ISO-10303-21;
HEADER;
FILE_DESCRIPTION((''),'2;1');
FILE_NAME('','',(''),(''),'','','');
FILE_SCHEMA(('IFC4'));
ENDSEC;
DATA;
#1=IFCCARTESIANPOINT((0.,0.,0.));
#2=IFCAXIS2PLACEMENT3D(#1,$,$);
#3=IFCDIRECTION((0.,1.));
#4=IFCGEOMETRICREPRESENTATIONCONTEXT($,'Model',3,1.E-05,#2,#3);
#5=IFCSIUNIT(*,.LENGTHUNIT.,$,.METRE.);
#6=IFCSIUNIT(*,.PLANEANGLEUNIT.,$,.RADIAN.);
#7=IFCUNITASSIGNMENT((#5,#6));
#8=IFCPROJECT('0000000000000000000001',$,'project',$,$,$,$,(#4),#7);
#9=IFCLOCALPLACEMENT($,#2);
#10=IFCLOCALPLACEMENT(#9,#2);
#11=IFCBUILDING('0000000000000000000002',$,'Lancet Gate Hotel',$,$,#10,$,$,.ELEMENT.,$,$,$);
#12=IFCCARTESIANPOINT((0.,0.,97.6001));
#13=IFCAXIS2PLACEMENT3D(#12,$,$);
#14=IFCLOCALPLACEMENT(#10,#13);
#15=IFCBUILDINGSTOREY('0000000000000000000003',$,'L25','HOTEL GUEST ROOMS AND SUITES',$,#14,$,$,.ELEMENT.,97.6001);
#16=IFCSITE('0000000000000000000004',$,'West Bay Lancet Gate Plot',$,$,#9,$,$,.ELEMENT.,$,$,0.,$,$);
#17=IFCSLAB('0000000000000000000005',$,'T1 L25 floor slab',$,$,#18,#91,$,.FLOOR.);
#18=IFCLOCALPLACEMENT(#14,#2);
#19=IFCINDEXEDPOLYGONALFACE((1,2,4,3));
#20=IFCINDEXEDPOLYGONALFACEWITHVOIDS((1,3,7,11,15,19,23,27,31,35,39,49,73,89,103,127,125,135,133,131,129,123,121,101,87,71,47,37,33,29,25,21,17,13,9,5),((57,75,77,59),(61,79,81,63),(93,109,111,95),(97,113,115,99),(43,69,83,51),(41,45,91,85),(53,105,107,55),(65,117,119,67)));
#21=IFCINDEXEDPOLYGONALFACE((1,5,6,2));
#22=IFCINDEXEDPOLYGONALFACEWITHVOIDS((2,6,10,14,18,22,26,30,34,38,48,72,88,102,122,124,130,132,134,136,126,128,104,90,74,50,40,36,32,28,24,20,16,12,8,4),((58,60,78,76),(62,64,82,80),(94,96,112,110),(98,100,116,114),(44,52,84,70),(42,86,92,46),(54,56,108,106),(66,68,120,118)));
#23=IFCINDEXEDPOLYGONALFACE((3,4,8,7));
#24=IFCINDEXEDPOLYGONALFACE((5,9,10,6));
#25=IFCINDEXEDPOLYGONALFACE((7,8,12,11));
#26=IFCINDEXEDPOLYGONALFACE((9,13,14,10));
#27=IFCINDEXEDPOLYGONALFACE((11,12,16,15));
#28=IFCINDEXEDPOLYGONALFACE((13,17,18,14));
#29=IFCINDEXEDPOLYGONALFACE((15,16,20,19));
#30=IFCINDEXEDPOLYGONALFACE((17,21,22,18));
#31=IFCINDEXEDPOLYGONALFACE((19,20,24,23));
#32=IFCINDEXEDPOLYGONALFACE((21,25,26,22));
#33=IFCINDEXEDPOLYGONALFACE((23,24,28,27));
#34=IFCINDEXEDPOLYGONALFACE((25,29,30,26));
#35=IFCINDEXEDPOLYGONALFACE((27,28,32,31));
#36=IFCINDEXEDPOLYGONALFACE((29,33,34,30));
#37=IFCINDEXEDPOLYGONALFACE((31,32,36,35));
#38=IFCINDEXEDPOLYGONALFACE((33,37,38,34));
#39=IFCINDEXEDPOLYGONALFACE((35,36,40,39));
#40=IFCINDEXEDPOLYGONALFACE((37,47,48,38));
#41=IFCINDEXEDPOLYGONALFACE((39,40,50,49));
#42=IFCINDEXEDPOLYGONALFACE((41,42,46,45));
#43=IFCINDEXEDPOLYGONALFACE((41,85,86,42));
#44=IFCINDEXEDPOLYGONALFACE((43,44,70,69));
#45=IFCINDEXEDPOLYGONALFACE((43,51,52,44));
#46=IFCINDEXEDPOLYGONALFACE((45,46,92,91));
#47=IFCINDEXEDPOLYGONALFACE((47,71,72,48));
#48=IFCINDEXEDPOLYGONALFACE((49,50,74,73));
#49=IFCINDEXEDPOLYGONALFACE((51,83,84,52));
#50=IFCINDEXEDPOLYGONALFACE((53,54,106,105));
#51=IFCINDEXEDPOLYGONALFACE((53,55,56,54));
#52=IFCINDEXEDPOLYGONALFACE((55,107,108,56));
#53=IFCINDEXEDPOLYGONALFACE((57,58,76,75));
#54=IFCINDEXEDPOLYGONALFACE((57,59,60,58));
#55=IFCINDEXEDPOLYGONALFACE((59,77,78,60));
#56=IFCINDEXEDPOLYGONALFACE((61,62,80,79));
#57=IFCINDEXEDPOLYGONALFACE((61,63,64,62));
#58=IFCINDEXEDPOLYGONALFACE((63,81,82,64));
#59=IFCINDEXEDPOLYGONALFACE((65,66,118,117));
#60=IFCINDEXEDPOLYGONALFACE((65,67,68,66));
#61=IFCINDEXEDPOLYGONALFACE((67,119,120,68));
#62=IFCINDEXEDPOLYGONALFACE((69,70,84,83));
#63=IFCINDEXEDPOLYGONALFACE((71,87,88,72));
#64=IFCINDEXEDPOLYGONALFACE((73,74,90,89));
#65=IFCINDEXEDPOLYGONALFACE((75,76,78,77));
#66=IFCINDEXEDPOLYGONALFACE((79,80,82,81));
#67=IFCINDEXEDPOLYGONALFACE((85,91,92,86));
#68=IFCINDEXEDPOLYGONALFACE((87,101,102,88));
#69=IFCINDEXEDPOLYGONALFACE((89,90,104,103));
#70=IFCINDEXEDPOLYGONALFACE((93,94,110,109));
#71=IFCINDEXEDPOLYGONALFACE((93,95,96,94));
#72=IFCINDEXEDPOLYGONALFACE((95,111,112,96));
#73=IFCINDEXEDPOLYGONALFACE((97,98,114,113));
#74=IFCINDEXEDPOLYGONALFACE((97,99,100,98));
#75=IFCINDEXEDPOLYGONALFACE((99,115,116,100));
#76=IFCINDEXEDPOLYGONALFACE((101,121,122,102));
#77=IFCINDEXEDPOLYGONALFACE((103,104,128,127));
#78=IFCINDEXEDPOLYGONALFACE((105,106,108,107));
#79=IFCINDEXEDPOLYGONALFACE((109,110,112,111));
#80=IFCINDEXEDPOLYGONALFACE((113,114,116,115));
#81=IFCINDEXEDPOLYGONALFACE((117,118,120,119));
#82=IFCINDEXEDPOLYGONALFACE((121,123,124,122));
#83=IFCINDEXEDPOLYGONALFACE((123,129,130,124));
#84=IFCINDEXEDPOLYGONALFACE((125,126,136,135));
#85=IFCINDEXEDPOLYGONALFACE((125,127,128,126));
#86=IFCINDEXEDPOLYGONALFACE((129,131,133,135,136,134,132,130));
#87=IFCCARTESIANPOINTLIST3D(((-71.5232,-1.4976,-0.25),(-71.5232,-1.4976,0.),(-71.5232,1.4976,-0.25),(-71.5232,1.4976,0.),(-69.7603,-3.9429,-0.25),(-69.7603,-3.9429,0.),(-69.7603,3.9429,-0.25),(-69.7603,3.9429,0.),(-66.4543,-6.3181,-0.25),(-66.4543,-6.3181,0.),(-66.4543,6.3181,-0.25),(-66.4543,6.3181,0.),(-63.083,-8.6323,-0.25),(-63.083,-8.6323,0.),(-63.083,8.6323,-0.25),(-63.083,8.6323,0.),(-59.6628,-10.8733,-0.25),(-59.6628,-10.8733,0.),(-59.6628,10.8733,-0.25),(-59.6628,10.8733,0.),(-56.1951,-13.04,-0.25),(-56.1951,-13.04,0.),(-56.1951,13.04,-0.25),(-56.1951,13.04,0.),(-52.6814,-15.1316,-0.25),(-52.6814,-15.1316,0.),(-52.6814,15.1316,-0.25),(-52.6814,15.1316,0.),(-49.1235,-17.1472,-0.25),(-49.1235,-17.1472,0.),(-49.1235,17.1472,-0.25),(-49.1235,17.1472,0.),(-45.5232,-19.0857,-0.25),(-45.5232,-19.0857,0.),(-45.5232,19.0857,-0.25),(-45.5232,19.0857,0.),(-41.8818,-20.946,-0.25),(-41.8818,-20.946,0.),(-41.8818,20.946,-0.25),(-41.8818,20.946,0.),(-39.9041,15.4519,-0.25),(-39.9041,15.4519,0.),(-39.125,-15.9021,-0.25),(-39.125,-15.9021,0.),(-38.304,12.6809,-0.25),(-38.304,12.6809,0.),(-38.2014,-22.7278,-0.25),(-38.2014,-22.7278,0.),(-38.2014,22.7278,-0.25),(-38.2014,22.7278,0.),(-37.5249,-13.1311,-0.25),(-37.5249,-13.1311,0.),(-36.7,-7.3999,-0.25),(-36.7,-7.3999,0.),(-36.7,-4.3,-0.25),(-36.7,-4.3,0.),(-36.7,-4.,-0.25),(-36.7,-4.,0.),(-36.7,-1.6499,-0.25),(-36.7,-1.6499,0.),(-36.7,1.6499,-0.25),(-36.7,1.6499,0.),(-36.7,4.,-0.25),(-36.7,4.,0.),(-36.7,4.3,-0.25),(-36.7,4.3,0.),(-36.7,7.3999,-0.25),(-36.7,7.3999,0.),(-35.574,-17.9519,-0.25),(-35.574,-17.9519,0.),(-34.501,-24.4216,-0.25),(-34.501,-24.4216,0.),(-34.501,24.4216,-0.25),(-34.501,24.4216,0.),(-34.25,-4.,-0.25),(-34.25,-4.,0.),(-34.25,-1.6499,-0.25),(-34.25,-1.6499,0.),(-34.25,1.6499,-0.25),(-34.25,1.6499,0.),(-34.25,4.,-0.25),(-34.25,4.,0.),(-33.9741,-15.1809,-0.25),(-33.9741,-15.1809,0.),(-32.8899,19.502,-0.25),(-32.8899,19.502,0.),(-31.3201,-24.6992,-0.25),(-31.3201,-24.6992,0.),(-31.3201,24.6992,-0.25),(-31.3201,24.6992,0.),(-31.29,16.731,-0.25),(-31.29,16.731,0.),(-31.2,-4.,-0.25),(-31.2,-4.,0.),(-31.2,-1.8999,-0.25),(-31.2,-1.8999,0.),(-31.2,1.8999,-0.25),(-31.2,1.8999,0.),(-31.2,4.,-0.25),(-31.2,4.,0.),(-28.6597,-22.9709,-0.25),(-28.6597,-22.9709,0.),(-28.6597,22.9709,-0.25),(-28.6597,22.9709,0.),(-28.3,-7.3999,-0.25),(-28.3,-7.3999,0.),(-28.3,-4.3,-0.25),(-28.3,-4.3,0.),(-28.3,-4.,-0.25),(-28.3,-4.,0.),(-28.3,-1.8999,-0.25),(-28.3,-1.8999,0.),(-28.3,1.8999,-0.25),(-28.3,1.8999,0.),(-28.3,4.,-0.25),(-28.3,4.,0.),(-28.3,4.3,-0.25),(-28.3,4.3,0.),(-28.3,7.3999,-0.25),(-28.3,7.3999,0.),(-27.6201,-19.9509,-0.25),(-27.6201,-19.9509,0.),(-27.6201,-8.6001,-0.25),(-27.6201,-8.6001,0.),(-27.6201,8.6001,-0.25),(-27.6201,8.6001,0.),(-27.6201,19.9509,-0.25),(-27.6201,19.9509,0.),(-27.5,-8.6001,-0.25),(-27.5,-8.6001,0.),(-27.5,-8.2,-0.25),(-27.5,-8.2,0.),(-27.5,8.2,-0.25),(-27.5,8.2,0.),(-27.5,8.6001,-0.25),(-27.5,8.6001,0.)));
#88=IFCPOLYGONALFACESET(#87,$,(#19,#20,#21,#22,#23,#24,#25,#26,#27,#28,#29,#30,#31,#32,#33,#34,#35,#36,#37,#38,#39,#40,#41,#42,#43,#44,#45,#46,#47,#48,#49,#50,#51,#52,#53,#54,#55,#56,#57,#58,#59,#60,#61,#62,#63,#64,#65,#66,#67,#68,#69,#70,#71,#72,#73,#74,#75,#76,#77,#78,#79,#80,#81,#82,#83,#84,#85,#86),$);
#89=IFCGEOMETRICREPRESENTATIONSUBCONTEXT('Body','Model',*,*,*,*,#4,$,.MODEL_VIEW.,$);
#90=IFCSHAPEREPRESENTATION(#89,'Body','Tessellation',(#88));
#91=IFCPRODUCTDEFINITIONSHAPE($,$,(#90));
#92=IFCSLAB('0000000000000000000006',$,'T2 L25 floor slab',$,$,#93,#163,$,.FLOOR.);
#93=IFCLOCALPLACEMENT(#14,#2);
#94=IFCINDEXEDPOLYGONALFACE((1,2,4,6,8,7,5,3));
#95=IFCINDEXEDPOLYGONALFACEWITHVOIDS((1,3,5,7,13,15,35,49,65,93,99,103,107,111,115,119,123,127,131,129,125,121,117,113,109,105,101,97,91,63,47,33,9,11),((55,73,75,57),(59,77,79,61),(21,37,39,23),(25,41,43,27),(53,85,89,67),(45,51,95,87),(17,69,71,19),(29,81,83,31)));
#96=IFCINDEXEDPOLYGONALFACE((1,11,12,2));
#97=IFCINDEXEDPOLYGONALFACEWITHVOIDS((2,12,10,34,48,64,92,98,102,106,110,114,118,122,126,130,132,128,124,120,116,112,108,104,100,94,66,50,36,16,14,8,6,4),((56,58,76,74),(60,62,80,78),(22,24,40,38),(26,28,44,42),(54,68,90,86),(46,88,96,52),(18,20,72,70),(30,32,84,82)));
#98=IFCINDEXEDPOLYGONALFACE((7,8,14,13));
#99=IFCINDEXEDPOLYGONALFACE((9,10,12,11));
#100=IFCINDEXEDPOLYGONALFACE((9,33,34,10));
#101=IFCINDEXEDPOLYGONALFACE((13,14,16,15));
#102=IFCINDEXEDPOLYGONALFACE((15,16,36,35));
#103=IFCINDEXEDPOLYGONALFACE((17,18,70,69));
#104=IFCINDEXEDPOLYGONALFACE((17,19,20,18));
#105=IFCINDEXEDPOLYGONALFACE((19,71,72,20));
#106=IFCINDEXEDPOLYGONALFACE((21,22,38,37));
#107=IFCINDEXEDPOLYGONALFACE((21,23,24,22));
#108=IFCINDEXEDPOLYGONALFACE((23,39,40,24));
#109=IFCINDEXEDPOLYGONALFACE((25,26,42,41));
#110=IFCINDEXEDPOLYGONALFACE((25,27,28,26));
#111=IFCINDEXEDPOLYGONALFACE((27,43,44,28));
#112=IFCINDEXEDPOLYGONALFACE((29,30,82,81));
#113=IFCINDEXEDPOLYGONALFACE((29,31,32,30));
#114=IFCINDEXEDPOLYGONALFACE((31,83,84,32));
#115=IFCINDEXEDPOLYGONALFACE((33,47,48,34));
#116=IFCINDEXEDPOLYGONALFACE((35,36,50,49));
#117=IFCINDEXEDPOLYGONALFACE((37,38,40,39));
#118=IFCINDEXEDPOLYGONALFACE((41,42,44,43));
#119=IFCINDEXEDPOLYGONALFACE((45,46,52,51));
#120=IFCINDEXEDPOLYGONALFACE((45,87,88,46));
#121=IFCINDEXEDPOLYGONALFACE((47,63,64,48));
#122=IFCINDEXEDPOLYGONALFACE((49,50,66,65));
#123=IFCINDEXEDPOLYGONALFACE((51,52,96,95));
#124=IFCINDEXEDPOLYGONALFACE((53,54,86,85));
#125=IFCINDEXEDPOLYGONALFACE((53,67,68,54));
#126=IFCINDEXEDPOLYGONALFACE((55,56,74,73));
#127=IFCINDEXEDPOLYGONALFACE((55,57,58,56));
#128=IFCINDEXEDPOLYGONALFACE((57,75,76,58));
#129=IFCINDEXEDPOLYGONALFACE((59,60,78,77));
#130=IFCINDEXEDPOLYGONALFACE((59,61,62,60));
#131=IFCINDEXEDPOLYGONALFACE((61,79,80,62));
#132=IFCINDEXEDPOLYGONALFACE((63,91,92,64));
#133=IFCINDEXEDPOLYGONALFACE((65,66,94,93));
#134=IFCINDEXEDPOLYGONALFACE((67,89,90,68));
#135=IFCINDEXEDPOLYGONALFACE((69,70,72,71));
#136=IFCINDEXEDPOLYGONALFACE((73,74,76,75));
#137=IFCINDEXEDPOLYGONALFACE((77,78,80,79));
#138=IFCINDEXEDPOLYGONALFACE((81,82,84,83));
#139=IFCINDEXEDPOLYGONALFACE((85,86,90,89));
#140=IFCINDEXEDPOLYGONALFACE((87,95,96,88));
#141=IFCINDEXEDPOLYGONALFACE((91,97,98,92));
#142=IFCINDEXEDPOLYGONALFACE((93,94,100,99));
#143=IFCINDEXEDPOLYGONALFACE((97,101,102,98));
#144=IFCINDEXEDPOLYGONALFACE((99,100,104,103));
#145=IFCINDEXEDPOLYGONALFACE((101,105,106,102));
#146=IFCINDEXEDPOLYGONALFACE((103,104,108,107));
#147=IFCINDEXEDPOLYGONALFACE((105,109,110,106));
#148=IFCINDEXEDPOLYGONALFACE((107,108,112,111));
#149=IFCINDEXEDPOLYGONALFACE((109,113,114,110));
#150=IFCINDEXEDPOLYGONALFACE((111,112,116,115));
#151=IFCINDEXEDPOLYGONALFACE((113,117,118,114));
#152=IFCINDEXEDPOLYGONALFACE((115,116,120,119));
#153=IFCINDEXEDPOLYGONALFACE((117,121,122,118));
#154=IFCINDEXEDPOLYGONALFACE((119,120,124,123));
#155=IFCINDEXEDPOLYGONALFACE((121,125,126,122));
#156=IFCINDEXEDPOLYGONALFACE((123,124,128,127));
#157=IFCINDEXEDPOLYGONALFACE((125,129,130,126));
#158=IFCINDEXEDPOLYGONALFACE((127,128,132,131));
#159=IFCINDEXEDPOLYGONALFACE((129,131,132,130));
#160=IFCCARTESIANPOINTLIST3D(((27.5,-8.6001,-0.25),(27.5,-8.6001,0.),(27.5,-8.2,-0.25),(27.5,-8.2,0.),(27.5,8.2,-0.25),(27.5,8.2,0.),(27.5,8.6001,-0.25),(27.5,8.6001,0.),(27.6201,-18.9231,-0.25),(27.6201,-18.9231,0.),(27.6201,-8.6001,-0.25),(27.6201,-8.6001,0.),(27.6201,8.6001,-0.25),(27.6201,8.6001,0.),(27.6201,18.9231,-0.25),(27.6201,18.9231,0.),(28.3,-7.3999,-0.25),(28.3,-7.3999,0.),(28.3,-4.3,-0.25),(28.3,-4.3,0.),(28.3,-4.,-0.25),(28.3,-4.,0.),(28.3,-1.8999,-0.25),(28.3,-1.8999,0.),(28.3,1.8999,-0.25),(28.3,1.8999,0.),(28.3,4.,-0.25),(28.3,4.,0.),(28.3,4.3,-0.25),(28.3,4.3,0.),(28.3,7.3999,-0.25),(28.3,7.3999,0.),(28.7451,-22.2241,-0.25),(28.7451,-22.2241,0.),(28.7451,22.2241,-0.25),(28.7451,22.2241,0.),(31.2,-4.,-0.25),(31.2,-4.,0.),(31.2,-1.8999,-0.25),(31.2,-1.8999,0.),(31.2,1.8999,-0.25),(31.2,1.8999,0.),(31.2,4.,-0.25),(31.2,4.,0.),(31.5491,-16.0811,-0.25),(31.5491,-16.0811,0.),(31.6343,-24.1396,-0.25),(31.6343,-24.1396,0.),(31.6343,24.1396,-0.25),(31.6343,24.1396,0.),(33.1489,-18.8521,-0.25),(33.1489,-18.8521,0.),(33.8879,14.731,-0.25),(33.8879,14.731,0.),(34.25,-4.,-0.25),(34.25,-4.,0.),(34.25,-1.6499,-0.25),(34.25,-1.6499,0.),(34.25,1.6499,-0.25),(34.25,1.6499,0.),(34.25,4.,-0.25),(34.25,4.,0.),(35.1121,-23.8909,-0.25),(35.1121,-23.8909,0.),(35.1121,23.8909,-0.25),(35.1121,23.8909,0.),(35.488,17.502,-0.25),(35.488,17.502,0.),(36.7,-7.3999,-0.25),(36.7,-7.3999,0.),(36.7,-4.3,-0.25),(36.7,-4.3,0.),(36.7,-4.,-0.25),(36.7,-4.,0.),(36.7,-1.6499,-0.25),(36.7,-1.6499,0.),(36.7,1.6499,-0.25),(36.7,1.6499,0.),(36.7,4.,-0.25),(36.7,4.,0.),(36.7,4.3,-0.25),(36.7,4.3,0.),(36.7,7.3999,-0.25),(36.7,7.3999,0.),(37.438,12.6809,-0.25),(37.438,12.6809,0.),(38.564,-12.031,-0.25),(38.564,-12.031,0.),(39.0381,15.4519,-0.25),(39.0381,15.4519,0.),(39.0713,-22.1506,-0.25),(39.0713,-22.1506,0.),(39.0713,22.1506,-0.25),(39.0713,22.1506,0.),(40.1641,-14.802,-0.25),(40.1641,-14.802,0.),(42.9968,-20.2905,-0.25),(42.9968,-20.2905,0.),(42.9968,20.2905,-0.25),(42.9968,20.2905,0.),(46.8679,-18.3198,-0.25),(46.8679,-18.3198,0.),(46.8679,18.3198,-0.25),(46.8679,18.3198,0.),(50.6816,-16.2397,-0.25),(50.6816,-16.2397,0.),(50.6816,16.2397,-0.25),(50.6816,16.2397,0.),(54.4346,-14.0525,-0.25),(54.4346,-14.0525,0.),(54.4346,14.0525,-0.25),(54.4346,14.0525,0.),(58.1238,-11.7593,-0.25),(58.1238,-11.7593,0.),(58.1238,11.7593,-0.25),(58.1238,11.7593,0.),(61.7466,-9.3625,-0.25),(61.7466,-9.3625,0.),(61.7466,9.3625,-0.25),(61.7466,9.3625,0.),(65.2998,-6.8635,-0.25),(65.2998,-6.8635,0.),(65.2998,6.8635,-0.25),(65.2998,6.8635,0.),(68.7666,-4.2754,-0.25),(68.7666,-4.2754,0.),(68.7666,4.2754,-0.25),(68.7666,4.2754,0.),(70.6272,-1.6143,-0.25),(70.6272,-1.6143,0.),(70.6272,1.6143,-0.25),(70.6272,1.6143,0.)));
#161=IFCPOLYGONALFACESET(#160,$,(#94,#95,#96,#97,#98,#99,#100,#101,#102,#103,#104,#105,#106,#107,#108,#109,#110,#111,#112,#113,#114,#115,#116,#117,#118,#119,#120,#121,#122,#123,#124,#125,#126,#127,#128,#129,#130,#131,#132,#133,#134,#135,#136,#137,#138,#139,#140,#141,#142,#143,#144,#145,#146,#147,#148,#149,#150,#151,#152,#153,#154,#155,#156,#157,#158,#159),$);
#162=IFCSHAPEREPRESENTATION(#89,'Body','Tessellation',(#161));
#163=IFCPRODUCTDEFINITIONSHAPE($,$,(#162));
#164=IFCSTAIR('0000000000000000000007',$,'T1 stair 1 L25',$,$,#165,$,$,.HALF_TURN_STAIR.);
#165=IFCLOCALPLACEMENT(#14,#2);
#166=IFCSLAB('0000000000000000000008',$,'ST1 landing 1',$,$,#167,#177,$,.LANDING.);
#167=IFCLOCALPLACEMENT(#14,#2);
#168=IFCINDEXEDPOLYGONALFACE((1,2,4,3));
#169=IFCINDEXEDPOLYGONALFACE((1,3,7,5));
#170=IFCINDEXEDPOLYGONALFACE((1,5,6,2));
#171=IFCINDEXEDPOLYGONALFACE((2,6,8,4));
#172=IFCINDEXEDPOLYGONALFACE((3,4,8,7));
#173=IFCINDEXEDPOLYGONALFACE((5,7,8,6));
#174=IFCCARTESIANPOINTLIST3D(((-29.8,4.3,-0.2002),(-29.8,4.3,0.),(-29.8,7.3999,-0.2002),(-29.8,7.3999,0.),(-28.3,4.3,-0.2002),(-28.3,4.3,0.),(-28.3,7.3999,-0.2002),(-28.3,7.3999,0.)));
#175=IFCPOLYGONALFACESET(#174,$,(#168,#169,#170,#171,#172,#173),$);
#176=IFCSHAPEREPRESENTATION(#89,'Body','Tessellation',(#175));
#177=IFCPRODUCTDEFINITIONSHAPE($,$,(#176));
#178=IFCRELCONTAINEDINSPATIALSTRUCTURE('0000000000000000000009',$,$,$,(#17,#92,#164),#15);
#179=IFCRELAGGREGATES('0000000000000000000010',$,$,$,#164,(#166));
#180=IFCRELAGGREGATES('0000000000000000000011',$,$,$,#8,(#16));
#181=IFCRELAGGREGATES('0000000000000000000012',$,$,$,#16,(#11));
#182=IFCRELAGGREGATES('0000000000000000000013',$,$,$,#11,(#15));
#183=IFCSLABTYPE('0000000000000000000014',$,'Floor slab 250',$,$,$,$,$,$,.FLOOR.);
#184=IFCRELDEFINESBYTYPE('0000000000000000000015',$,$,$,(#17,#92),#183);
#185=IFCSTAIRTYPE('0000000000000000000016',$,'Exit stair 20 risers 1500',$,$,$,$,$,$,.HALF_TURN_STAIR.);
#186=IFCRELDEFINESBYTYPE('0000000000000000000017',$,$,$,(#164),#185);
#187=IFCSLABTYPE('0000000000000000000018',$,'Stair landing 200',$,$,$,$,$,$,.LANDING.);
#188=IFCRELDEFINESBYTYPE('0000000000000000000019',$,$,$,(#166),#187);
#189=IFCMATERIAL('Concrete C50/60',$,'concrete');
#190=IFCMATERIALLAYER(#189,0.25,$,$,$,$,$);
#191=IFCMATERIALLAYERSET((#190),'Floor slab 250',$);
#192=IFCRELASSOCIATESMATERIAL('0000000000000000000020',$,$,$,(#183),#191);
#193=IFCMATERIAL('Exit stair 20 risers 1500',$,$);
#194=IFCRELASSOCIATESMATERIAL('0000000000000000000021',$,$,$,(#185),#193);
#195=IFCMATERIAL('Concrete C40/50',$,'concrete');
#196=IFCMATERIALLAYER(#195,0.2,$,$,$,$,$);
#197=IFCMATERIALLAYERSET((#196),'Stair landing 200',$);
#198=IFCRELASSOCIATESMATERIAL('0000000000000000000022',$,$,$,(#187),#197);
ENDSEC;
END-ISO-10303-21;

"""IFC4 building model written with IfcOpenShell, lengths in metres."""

from ifc_helpers import new_model, si_unit, direction, frame, origin, place, context, subcontext, project, spatial, polyline, outline, extrude, material, layer, layer_set, type_object, element, aggregate, save


model = new_model("IFC4")

# Units and contexts
model_context = context("Model", 3, precision=1e-05, world=origin(), true_north=direction((0.0, 1.0)))
body_context = subcontext(model_context, "Body", "Model", "MODEL_VIEW")
ifc_project = project(units=[si_unit("LENGTHUNIT", "METRE"), si_unit("PLANEANGLEUNIT", "RADIAN")], contexts=[model_context])

# Site, building, storey
site_placement = place(None, origin())
site = spatial("IfcSite", under=ifc_project, at=site_placement, Name="West Bay Lancet Gate Plot", CompositionType="ELEMENT", RefElevation=0.0)
building_placement = place(site_placement, origin())
building = spatial("IfcBuilding", under=site, at=building_placement, Name="Lancet Gate Hotel", CompositionType="ELEMENT")
storey_placement = place(building_placement, frame((0.0, 0.0, 97.6001)))
storey = spatial("IfcBuildingStorey", under=building, at=storey_placement, Name="L25", Description="HOTEL GUEST ROOMS AND SUITES", CompositionType="ELEMENT", Elevation=97.6001)

# Slabs
ifc_material_1 = material(Name="Concrete C50/60", Category="concrete")
ifc_layer_1 = layer(ifc_material_1, 0.25)
ifc_layer_set_1 = layer_set([ifc_layer_1], Name="Floor slab 250")
slab_type_1 = type_object("IfcSlabType", Name="Floor slab 250", PredefinedType="FLOOR", material=ifc_layer_set_1)
slab_1_placement = place(storey_placement, frame((0.0, 0.0, -0.25)))
element("IfcSlab", 1, at=slab_1_placement, inside=storey, type_object=slab_type_1, Name="T1 L25 floor slab", PredefinedType="FLOOR", context=body_context, shape_type="SweptSolid", body=[
    extrude(outline(polyline([(-27.5, 8.6001), (-27.6201, 8.6001), (-27.6201, 19.9509), (-28.6597, 22.9709), (-31.3201, 24.6992), (-34.501, 24.4216), (-38.2014, 22.7278), (-41.8818, 20.946), (-45.5232, 19.0857), (-49.1235, 17.1472), (-52.6814, 15.1316), (-56.1951, 13.04), (-59.6628, 10.8733), (-63.083, 8.6323), (-66.4543, 6.3181), (-69.7603, 3.9429), (-71.5232, 1.4976), (-71.5232, -1.4976), (-69.7603, -3.9429), (-66.4543, -6.3181), (-63.083, -8.6323), (-59.6628, -10.8733), (-56.1951, -13.04), (-52.6814, -15.1316), (-49.1235, -17.1472), (-45.5232, -19.0857), (-41.8818, -20.946), (-38.2014, -22.7278), (-34.501, -24.4216), (-31.3201, -24.6992), (-28.6597, -22.9709), (-27.6201, -19.9509), (-27.6201, -8.6001), (-27.5, -8.6001), (-27.5, -8.2), (-27.5, 8.2), (-27.5, 8.6001)]), holes=[polyline([(-36.7, 7.3999), (-36.7, 4.3), (-28.3, 4.3), (-28.3, 7.3999), (-36.7, 7.3999)]), polyline([(-28.3, 4.0), (-31.2, 4.0), (-31.2, 1.8999), (-28.3, 1.8999), (-28.3, 4.0)]), polyline([(-34.25, 4.0), (-36.7, 4.0), (-36.7, 1.6499), (-34.25, 1.6499), (-34.25, 4.0)]), polyline([(-36.7, -1.6499), (-36.7, -4.0), (-34.25, -4.0), (-34.25, -1.6499), (-36.7, -1.6499)]), polyline([(-28.3, -1.8999), (-31.2, -1.8999), (-31.2, -4.0), (-28.3, -4.0), (-28.3, -1.8999)]), polyline([(-28.3, -4.3), (-36.7, -4.3), (-36.7, -7.3999), (-28.3, -7.3999), (-28.3, -4.3)]), polyline([(-31.29, 16.731), (-32.8899, 19.502), (-39.9041, 15.4519), (-38.304, 12.6809), (-31.29, 16.731)]), polyline([(-33.9741, -15.1809), (-37.5249, -13.1311), (-39.125, -15.9021), (-35.574, -17.9519), (-33.9741, -15.1809)])]), origin(), (0.0, 0.0, 1.0), 0.25),
])
slab_2_placement = place(storey_placement, frame((0.0, 0.0, -0.25)))
element("IfcSlab", 2, at=slab_2_placement, inside=storey, type_object=slab_type_1, Name="T2 L25 floor slab", PredefinedType="FLOOR", context=body_context, shape_type="SweptSolid", body=[
    extrude(outline(polyline([(27.5, -8.6001), (27.6201, -8.6001), (27.6201, -18.9231), (28.7451, -22.2241), (31.6343, -24.1396), (35.1121, -23.8909), (39.0713, -22.1506), (42.9968, -20.2905), (46.8679, -18.3198), (50.6816, -16.2397), (54.4346, -14.0525), (58.1238, -11.7593), (61.7466, -9.3625), (65.2998, -6.8635), (68.7666, -4.2754), (70.6272, -1.6143), (70.6272, 1.6143), (68.7666, 4.2754), (65.2998, 6.8635), (61.7466, 9.3625), (58.1238, 11.7593), (54.4346, 14.0525), (50.6816, 16.2397), (46.8679, 18.3198), (42.9968, 20.2905), (39.0713, 22.1506), (35.1121, 23.8909), (31.6343, 24.1396), (28.7451, 22.2241), (27.6201, 18.9231), (27.6201, 8.6001), (27.5, 8.6001), (27.5, 8.2), (27.5, -8.2), (27.5, -8.6001)]), holes=[polyline([(36.7, -7.3999), (36.7, -4.3), (28.3, -4.3), (28.3, -7.3999), (36.7, -7.3999)]), polyline([(28.3, -4.0), (31.2, -4.0), (31.2, -1.8999), (28.3, -1.8999), (28.3, -4.0)]), polyline([(34.25, -4.0), (36.7, -4.0), (36.7, -1.6499), (34.25, -1.6499), (34.25, -4.0)]), polyline([(36.7, 1.6499), (36.7, 4.0), (34.25, 4.0), (34.25, 1.6499), (36.7, 1.6499)]), polyline([(28.3, 1.8999), (31.2, 1.8999), (31.2, 4.0), (28.3, 4.0), (28.3, 1.8999)]), polyline([(28.3, 4.3), (36.7, 4.3), (36.7, 7.3999), (28.3, 7.3999), (28.3, 4.3)]), polyline([(31.5491, -16.0811), (33.1489, -18.8521), (40.1641, -14.802), (38.564, -12.031), (31.5491, -16.0811)]), polyline([(33.8879, 14.731), (37.438, 12.6809), (39.0381, 15.4519), (35.488, 17.502), (33.8879, 14.731)])]), origin(), (0.0, 0.0, 1.0), 0.25),
])

# Stair, slab
ifc_material_2 = material(Name="Exit stair 20 risers 1500")
stair_type = type_object("IfcStairType", Name="Exit stair 20 risers 1500", PredefinedType="HALF_TURN_STAIR", material=ifc_material_2)
stair_placement = place(storey_placement, origin())
stair = element("IfcStair", 3, at=stair_placement, inside=storey, type_object=stair_type, Name="T1 stair 1 L25", PredefinedType="HALF_TURN_STAIR")
ifc_material_3 = material(Name="Concrete C40/50", Category="concrete")
ifc_layer_2 = layer(ifc_material_3, 0.2)
ifc_layer_set_2 = layer_set([ifc_layer_2], Name="Stair landing 200")
slab_type_2 = type_object("IfcSlabType", Name="Stair landing 200", PredefinedType="LANDING", material=ifc_layer_set_2)
slab_3_placement = place(storey_placement, frame((0.0, 0.0, -0.2002)))
slab_3 = element("IfcSlab", 4, at=slab_3_placement, type_object=slab_type_2, Name="ST1 landing 1", PredefinedType="LANDING", context=body_context, shape_type="SweptSolid", body=[
    extrude(outline(polyline([(-28.3, 7.3999), (-29.8, 7.3999), (-29.8, 4.3), (-28.3, 4.3), (-28.3, 7.3999)])), origin(), (0.0, 0.0, 1.0), 0.2002),
])
aggregate(stair, [slab_3])

save(model, "model.ifc")
